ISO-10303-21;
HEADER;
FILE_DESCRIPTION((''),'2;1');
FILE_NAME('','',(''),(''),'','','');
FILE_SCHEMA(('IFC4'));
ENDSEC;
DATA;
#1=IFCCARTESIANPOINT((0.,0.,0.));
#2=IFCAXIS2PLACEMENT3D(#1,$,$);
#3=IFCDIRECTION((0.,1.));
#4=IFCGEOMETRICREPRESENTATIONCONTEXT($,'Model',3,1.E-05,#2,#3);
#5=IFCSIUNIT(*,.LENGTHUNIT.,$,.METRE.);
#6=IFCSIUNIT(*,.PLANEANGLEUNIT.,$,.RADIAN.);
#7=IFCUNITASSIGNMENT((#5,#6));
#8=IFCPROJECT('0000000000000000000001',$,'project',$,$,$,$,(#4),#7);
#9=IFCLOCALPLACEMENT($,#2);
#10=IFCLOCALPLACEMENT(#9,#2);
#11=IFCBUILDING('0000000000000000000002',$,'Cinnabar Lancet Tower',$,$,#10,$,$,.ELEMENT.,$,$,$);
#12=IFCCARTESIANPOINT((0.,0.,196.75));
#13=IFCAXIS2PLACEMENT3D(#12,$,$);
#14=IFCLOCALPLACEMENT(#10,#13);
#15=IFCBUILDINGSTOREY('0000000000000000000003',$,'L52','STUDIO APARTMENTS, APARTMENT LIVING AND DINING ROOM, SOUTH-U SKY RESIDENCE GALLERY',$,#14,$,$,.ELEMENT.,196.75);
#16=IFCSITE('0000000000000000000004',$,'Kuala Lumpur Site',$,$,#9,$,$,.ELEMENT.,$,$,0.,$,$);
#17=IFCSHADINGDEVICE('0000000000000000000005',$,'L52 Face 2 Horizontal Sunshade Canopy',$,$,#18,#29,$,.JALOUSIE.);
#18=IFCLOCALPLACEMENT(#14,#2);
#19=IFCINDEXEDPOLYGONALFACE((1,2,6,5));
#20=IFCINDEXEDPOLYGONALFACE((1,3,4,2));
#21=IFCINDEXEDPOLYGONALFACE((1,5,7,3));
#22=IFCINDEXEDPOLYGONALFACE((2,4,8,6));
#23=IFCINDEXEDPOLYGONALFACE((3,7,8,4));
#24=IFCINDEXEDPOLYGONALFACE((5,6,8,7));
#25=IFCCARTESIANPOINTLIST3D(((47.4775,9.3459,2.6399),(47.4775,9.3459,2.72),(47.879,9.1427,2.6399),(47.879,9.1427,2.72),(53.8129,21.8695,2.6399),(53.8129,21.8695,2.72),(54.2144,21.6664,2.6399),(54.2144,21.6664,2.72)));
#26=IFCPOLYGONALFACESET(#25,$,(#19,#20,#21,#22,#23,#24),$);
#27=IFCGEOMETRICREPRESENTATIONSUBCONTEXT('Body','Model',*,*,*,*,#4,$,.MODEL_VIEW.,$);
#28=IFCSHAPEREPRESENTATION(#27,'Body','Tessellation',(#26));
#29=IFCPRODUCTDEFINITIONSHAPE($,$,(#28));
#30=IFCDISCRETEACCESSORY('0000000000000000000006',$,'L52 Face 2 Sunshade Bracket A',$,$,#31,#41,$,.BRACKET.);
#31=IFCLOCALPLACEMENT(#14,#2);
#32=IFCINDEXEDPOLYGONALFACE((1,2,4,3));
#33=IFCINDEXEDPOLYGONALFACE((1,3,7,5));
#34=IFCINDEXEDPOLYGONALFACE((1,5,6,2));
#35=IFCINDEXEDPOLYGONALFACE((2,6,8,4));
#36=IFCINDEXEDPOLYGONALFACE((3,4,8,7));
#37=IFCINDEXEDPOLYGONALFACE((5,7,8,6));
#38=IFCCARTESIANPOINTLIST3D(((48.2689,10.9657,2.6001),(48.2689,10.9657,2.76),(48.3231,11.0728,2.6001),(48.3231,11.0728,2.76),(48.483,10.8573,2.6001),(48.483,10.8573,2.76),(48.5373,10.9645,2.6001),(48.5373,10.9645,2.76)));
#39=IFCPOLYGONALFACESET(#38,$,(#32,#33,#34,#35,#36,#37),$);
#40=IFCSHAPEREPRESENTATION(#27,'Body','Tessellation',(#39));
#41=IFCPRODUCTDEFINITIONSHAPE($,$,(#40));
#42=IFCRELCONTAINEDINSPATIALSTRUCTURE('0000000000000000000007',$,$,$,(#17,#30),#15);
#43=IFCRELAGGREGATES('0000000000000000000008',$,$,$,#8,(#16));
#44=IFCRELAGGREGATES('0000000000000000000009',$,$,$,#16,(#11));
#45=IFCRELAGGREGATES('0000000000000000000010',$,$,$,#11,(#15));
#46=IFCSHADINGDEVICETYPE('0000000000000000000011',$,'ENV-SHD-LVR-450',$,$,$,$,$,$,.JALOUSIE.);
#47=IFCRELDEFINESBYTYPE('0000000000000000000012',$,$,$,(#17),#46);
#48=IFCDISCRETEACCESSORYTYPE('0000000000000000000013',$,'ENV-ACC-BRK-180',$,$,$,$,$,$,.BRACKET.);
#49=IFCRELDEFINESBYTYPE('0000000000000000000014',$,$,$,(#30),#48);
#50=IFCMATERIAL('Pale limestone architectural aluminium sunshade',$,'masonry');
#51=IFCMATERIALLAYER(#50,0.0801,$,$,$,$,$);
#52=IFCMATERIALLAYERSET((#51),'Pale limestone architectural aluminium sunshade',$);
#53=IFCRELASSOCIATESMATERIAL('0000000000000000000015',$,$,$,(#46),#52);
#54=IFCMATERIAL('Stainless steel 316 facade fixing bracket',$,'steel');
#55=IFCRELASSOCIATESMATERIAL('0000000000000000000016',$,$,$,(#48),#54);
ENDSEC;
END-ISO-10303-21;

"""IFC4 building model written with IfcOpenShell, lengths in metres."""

from ifc_helpers import new_model, si_unit, direction, frame, origin, origin_2d, place, context, subcontext, project, spatial, rectangle, extrude, material, layer, layer_set, type_object, element, save


model = new_model("IFC4")

# Units and contexts
model_context = context("Model", 3, precision=1e-05, world=origin(), true_north=direction((0.0, 1.0)))
body_context = subcontext(model_context, "Body", "Model", "MODEL_VIEW")
ifc_project = project(units=[si_unit("LENGTHUNIT", "METRE"), si_unit("PLANEANGLEUNIT", "RADIAN")], contexts=[model_context])

# Site, building, storey
site_placement = place(None, origin())
site = spatial("IfcSite", under=ifc_project, at=site_placement, Name="Kuala Lumpur Site", CompositionType="ELEMENT", RefElevation=0.0)
building_placement = place(site_placement, origin())
building = spatial("IfcBuilding", under=site, at=building_placement, Name="Cinnabar Lancet Tower", CompositionType="ELEMENT")
storey_placement = place(building_placement, frame((0.0, 0.0, 196.75)))
storey = spatial("IfcBuildingStorey", under=building, at=storey_placement, Name="L52", Description="STUDIO APARTMENTS, APARTMENT LIVING AND DINING ROOM, SOUTH-U SKY RESIDENCE GALLERY", CompositionType="ELEMENT", Elevation=196.75)

# Shading device
ifc_material_1 = material(Name="Pale limestone architectural aluminium sunshade", Category="masonry")
ifc_layer_1 = layer(ifc_material_1, 0.0801)
ifc_layer_set_1 = layer_set([ifc_layer_1], Name="Pale limestone architectural aluminium sunshade")
shading_device_type = type_object("IfcShadingDeviceType", Name="ENV-SHD-LVR-450", PredefinedType="JALOUSIE", material=ifc_layer_set_1)
shading_device_placement = place(storey_placement, frame((50.8459, 15.5061, 2.6399), z_axis=(0.0, 0.0, 1.0), x_axis=(0.451407, 0.892318, 0.0)))
element("IfcShadingDevice", 1, at=shading_device_placement, inside=storey, type_object=shading_device_type, Name="L52 Face 2 Horizontal Sunshade Canopy", PredefinedType="JALOUSIE", context=body_context, shape_type="SweptSolid", body=[
    extrude(rectangle(XDim=14.0349, YDim=0.45, at=origin_2d()), origin(), (0.0, 0.0, 1.0), 0.0801),
])

# Discrete accessory
ifc_material_2 = material(Name="Stainless steel 316 facade fixing bracket", Category="steel")
discrete_accessory_type = type_object("IfcDiscreteAccessoryType", Name="ENV-ACC-BRK-180", PredefinedType="BRACKET", material=ifc_material_2)
discrete_accessory_placement = place(storey_placement, frame((48.4031, 10.9651, 2.6001), z_axis=(0.0, 0.0, 1.0), x_axis=(0.451407, 0.892318, 0.0)))
element("IfcDiscreteAccessory", 2, at=discrete_accessory_placement, inside=storey, type_object=discrete_accessory_type, Name="L52 Face 2 Sunshade Bracket A", PredefinedType="BRACKET", context=body_context, shape_type="SweptSolid", body=[
    extrude(rectangle(XDim=0.1201, YDim=0.24, at=origin_2d()), origin(), (0.0, 0.0, 1.0), 0.1599),
])

save(model, "model.ifc")
